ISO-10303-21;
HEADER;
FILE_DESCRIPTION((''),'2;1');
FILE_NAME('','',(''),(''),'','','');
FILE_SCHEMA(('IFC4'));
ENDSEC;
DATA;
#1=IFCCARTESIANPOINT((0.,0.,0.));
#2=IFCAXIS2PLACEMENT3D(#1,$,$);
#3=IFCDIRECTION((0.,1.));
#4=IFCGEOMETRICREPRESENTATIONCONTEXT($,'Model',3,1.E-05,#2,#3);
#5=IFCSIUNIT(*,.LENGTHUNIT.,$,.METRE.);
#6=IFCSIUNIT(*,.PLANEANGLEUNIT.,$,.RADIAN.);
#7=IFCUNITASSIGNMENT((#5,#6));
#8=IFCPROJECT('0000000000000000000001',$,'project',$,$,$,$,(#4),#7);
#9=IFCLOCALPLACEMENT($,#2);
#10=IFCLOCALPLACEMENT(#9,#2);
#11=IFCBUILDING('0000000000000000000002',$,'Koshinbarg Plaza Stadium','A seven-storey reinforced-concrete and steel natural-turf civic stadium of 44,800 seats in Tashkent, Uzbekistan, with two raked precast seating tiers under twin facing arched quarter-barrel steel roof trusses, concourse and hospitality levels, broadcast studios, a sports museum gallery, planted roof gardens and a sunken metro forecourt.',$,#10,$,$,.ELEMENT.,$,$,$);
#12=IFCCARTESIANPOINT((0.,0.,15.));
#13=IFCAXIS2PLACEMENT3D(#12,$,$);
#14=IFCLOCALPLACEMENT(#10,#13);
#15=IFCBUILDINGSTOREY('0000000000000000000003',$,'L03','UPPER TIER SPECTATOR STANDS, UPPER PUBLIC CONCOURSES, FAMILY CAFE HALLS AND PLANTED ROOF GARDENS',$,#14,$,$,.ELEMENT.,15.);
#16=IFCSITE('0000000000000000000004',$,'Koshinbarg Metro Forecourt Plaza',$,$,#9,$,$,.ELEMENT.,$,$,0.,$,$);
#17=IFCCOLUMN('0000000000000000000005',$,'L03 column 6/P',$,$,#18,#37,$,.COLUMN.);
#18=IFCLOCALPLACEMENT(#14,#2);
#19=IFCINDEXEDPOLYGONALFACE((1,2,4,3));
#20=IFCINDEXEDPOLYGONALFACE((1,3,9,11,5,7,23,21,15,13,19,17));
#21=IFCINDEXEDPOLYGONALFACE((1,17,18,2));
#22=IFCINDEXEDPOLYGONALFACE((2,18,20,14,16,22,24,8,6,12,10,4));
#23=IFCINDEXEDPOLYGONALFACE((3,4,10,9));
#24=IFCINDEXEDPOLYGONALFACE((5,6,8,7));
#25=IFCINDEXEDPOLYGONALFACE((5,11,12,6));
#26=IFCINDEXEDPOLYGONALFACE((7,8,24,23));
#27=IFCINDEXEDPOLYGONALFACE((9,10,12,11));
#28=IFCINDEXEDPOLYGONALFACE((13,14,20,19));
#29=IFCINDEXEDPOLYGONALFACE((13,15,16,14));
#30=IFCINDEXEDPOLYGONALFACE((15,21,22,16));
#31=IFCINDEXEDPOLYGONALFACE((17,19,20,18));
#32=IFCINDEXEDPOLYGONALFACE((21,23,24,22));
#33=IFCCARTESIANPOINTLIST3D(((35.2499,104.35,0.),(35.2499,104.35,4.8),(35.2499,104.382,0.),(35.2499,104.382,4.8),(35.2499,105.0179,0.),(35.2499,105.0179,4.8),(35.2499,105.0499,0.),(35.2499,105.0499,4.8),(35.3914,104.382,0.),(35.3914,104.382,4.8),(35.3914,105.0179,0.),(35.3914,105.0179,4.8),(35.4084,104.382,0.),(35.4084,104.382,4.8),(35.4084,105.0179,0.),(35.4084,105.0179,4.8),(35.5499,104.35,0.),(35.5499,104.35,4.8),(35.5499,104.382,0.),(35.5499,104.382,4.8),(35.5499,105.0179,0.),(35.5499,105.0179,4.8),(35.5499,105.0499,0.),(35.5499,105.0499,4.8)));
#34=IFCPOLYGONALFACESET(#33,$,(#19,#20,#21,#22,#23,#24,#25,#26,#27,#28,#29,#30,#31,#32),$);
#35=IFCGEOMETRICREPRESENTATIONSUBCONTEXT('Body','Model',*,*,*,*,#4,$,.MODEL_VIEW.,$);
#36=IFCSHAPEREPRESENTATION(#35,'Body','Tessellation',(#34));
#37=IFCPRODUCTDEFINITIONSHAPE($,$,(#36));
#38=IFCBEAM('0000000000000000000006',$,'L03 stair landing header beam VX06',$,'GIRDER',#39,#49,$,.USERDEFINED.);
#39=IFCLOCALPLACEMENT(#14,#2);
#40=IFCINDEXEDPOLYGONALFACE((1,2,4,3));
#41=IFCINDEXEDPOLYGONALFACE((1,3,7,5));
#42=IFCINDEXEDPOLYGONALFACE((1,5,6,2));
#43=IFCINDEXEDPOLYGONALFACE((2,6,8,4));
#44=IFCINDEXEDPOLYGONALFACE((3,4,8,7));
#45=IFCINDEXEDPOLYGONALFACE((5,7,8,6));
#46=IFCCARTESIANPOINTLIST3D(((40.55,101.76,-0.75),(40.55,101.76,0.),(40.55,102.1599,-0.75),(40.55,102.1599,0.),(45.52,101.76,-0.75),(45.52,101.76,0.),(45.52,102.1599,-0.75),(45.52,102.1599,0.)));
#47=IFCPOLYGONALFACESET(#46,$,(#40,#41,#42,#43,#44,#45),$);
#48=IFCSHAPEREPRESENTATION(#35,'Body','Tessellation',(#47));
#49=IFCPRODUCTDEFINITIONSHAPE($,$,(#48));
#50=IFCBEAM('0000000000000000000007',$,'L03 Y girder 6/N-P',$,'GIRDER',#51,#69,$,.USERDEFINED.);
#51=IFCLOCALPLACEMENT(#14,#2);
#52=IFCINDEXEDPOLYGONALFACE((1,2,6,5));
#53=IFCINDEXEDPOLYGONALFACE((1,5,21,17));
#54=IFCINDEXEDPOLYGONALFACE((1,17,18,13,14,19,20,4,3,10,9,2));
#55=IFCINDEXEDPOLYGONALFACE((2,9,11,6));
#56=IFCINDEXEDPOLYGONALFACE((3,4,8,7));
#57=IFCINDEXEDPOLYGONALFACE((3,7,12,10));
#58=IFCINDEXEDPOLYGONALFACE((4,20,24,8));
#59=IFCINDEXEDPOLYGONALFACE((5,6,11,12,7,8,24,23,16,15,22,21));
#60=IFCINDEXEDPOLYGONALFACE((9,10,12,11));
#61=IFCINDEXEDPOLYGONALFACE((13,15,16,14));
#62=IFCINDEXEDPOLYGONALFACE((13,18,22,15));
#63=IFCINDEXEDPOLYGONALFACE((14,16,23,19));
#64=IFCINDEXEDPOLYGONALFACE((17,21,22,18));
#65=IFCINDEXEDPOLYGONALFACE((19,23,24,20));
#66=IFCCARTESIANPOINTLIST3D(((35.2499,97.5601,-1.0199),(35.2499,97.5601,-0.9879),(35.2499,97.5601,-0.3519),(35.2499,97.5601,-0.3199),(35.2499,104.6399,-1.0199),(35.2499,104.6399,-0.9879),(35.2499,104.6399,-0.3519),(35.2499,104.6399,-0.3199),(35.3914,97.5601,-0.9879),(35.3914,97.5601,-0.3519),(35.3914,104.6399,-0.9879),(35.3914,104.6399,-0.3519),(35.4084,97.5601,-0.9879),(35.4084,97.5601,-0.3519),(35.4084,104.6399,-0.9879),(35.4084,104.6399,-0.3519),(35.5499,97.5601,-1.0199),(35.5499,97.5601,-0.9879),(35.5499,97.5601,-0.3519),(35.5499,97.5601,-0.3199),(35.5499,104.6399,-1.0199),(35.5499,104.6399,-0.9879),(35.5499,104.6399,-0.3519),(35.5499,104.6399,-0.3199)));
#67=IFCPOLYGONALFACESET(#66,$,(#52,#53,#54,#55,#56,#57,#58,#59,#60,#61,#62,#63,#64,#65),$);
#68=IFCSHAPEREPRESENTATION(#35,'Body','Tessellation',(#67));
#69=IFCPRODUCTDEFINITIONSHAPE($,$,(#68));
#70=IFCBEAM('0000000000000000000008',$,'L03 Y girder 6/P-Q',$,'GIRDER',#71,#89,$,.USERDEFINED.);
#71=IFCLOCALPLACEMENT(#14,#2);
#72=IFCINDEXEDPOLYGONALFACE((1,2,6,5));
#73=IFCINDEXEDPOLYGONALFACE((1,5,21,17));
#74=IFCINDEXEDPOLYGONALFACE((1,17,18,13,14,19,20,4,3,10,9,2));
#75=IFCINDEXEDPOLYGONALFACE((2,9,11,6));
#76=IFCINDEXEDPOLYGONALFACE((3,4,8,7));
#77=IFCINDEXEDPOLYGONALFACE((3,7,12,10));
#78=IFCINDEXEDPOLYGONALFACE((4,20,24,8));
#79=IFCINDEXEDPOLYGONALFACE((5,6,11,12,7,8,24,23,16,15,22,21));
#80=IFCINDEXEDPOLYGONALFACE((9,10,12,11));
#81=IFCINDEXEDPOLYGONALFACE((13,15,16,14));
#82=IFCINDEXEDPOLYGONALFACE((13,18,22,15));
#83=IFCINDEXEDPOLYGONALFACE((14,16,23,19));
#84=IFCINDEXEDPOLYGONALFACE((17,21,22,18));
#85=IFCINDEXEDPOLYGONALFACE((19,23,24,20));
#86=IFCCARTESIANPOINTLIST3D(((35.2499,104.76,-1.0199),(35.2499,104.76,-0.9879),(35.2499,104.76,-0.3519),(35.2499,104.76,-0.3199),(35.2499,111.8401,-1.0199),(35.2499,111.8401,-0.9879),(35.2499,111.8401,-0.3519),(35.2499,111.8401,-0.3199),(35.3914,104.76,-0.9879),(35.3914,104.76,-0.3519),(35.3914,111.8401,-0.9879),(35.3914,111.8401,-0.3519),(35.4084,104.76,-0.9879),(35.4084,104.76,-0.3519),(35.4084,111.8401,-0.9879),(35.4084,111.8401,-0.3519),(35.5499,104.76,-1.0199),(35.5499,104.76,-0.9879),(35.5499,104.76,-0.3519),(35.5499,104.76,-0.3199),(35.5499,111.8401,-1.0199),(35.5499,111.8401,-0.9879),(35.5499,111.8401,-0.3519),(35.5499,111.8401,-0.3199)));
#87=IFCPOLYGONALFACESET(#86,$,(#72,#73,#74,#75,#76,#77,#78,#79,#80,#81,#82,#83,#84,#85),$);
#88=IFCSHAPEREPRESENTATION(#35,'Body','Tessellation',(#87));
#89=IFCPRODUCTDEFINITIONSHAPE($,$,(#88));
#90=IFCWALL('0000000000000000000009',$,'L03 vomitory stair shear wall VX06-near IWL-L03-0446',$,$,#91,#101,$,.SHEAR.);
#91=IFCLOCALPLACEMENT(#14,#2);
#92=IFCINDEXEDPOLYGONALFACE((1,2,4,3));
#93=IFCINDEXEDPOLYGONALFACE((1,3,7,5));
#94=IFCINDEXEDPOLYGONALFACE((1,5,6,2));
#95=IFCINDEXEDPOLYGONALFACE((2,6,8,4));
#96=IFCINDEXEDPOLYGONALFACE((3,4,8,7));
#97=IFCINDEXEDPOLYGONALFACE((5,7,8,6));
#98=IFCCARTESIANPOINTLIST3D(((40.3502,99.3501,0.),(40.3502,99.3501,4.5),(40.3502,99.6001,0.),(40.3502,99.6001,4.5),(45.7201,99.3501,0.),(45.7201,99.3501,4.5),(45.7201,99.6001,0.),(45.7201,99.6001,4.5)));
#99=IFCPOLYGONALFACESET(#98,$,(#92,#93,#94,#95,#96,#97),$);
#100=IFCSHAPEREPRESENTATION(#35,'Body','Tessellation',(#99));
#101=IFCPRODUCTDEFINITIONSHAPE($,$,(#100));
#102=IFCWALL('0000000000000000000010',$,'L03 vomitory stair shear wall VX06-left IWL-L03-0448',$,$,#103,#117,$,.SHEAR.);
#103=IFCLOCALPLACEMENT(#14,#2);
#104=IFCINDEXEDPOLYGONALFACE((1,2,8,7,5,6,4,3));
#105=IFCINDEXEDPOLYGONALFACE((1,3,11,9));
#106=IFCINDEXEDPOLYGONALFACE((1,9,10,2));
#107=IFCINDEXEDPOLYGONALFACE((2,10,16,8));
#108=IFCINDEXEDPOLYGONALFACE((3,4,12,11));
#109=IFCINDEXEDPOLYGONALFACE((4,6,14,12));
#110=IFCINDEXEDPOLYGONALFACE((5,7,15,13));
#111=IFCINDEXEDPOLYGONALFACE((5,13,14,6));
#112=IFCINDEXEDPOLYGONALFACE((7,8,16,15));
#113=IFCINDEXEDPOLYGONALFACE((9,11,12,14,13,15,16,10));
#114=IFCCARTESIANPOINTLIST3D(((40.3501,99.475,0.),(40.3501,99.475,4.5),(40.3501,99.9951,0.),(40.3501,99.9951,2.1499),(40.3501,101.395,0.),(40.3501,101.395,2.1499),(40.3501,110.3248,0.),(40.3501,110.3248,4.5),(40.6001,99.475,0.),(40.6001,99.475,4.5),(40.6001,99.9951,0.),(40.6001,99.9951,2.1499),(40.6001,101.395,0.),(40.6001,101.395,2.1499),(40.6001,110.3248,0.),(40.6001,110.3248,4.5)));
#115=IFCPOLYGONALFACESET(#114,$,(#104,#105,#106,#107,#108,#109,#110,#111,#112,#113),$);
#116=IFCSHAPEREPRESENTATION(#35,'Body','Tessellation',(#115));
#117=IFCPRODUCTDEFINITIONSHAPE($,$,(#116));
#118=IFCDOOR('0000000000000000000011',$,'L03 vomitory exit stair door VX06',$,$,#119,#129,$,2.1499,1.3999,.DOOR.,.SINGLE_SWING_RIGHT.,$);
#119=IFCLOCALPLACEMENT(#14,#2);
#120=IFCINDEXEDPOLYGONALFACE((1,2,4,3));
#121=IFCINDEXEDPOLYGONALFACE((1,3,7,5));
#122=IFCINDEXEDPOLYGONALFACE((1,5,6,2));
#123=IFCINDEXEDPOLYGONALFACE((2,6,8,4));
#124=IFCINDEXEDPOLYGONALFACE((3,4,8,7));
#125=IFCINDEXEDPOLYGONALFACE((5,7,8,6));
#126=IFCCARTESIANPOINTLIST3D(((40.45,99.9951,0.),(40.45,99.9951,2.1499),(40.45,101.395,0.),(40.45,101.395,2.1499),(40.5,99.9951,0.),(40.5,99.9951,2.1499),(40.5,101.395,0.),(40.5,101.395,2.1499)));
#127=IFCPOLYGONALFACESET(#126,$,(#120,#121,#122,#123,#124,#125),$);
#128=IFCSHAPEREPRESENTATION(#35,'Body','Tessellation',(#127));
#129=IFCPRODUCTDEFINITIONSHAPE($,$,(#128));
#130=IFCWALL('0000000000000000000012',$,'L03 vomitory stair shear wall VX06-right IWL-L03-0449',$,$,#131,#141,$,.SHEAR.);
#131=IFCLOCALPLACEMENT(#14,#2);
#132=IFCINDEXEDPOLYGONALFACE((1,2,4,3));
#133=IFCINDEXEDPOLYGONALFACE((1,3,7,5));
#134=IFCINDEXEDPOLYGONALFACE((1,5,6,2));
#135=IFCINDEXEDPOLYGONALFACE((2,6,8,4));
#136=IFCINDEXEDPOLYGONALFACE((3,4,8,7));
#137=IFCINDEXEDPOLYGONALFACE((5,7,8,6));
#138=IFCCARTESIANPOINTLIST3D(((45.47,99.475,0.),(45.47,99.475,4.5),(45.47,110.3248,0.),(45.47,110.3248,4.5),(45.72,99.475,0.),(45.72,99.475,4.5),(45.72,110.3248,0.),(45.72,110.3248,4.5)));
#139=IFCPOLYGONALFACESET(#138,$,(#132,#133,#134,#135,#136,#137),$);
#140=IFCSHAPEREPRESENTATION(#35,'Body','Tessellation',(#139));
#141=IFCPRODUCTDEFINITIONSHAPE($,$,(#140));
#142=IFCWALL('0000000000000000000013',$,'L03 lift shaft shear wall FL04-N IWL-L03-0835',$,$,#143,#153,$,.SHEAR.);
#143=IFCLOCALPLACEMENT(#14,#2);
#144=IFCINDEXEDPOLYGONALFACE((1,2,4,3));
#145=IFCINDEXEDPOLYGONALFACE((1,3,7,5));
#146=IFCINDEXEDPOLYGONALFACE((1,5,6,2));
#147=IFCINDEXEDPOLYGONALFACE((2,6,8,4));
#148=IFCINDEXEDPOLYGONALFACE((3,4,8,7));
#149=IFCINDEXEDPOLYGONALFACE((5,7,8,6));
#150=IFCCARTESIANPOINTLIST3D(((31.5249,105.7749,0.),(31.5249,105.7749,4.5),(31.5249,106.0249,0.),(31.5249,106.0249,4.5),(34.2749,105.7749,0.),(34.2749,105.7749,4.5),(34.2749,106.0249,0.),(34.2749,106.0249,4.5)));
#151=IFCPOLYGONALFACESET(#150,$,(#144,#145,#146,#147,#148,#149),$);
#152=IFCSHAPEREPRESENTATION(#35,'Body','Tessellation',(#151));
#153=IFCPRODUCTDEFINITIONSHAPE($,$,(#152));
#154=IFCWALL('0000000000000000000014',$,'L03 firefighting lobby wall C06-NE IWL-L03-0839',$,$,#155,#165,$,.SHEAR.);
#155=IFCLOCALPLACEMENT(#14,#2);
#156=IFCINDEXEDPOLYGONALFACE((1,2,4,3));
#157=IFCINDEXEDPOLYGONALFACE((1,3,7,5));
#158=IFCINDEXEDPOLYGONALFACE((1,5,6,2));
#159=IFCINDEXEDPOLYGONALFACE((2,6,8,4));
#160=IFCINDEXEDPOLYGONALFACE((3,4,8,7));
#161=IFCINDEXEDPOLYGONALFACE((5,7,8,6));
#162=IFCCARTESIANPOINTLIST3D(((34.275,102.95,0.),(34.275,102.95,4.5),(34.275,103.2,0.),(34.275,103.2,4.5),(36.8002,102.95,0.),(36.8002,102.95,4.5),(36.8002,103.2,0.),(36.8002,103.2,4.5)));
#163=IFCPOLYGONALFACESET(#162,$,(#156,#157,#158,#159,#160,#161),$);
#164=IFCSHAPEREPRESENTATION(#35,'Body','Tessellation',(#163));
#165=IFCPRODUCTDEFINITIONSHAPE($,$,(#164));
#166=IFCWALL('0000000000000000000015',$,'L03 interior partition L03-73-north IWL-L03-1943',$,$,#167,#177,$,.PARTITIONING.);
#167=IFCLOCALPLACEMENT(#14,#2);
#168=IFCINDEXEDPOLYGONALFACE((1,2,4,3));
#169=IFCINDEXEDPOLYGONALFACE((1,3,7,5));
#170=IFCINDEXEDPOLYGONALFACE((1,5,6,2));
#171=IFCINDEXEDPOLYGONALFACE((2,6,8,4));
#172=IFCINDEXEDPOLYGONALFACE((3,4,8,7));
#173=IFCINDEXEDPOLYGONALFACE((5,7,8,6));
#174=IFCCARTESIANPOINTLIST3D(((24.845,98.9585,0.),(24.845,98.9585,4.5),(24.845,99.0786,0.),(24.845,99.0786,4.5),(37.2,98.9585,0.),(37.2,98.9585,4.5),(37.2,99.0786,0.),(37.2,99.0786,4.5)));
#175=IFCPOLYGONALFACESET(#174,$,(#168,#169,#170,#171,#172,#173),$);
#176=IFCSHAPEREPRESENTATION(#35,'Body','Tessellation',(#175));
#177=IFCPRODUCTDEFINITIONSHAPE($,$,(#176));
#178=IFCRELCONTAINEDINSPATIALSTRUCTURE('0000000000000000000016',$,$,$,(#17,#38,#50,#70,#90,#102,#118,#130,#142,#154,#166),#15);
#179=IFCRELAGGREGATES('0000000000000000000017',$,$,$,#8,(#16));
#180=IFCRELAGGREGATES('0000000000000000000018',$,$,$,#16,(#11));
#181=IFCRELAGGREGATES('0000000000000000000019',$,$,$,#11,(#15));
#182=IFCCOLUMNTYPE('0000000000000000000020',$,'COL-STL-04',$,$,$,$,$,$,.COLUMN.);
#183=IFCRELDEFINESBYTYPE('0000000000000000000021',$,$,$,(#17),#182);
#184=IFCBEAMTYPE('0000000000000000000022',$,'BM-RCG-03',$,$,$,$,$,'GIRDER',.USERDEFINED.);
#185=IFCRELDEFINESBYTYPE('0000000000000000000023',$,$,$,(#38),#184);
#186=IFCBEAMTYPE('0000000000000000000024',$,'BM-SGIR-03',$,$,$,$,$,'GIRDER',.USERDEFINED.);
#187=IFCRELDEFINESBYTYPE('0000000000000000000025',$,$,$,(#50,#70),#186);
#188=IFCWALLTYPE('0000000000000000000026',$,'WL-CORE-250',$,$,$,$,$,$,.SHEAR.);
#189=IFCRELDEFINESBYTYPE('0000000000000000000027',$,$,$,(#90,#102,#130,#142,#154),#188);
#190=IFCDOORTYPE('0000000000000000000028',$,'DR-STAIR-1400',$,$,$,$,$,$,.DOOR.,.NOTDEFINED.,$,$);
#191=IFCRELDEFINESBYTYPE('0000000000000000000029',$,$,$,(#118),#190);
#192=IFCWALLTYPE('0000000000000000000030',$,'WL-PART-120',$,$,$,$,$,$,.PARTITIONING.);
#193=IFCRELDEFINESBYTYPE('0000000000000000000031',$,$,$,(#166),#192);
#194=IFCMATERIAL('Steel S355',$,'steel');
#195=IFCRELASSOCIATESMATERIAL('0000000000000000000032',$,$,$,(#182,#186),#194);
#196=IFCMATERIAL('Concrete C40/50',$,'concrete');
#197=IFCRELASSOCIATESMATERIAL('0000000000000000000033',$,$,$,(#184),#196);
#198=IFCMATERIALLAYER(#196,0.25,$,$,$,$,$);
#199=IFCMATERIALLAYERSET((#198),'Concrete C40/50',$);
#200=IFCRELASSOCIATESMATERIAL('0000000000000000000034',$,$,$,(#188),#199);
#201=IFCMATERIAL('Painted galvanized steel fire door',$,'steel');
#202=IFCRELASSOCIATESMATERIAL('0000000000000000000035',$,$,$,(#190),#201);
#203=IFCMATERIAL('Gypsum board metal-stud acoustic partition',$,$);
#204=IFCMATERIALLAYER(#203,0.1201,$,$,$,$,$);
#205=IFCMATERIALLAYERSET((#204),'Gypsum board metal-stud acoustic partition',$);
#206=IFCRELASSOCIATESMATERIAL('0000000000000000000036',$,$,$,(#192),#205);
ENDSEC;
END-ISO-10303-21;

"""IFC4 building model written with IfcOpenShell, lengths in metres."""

from ifc_helpers import new_model, si_unit, direction, frame, frame_2d, origin, origin_2d, place, context, subcontext, project, spatial, rectangle, i_section, extrude, material, layer, layer_set, material_profile, profile_set, type_object, element, fill, save


model = new_model("IFC4")

# Units and contexts
model_context = context("Model", 3, precision=1e-05, world=origin(), true_north=direction((0.0, 1.0)))
body_context = subcontext(model_context, "Body", "Model", "MODEL_VIEW")
ifc_project = project(units=[si_unit("LENGTHUNIT", "METRE"), si_unit("PLANEANGLEUNIT", "RADIAN")], contexts=[model_context])

# Site, building, storey
site_placement = place(None, origin())
site = spatial("IfcSite", under=ifc_project, at=site_placement, Name="Koshinbarg Metro Forecourt Plaza", CompositionType="ELEMENT", RefElevation=0.0)
building_placement = place(site_placement, origin())
building = spatial("IfcBuilding", under=site, at=building_placement, Name="Koshinbarg Plaza Stadium", Description="A seven-storey reinforced-concrete and steel natural-turf civic stadium of 44,800 seats in Tashkent, Uzbekistan, with two raked precast seating tiers under twin facing arched quarter-barrel steel roof trusses, concourse and hospitality levels, broadcast studios, a sports museum gallery, planted roof gardens and a sunken metro forecourt.", CompositionType="ELEMENT")
storey_placement = place(building_placement, frame((0.0, 0.0, 15.0)))
storey = spatial("IfcBuildingStorey", under=building, at=storey_placement, Name="L03", Description="UPPER TIER SPECTATOR STANDS, UPPER PUBLIC CONCOURSES, FAMILY CAFE HALLS AND PLANTED ROOF GARDENS", CompositionType="ELEMENT", Elevation=15.0)

# Column
ifc_material_1 = material(Name="Steel S355", Category="steel")
ifc_material_profile_1 = material_profile(ifc_material_1, i_section(OverallWidth=0.3, OverallDepth=0.7, WebThickness=0.0171, FlangeThickness=0.032, at=origin_2d()), Name="HEB 700")
ifc_profile_set_1 = profile_set([ifc_material_profile_1], Name="Steel S355")
column_type = type_object("IfcColumnType", Name="COL-STL-04", PredefinedType="COLUMN", material=ifc_profile_set_1)
column_placement = place(storey_placement, frame((35.3999, 104.7, 0.0), z_axis=(0.0, 0.0, 1.0), x_axis=(1.0, 0.0, 0.0)))
element("IfcColumn", 1, at=column_placement, inside=storey, type_object=column_type, Name="L03 column 6/P", PredefinedType="COLUMN", context=body_context, shape_type="SweptSolid", body=[
    extrude(i_section(OverallWidth=0.3, OverallDepth=0.7, WebThickness=0.0171, FlangeThickness=0.032, at=origin_2d()), origin(), (0.0, 0.0, 1.0), 4.8),
])

# Beams
ifc_material_2 = material(Name="Concrete C40/50", Category="concrete")
ifc_material_profile_2 = material_profile(ifc_material_2, rectangle(XDim=0.3999, YDim=0.75, at=origin_2d()), Name="RC 400x750")
ifc_profile_set_2 = profile_set([ifc_material_profile_2], Name="Concrete C40/50")
beam_type_1 = type_object("IfcBeamType", Name="BM-RCG-03", ElementType="GIRDER", PredefinedType="USERDEFINED", material=ifc_profile_set_2)
beam_1_placement = place(storey_placement, frame((40.55, 101.96, -0.375), z_axis=(1.0, 0.0, 0.0), x_axis=(0.0, 1.0, 0.0)))
element("IfcBeam", 2, at=beam_1_placement, inside=storey, type_object=beam_type_1, Name="L03 stair landing header beam VX06", ObjectType="GIRDER", PredefinedType="USERDEFINED", context=body_context, shape_type="SweptSolid", body=[
    extrude(rectangle(XDim=0.3999, YDim=0.75, at=origin_2d()), origin(), (0.0, 0.0, 1.0), 4.97),
])
ifc_material_profile_3 = material_profile(ifc_material_1, i_section(OverallWidth=0.3, OverallDepth=0.7, WebThickness=0.0171, FlangeThickness=0.032, at=origin_2d()), Name="HEB 700")
ifc_profile_set_3 = profile_set([ifc_material_profile_3], Name="Steel S355")
beam_type_2 = type_object("IfcBeamType", Name="BM-SGIR-03", ElementType="GIRDER", PredefinedType="USERDEFINED", material=ifc_profile_set_3)
beam_2_placement = place(storey_placement, frame((35.3999, 97.5601, -0.6699), z_axis=(0.0, 1.0, 0.0), x_axis=(-1.0, 0.0, 0.0)))
element("IfcBeam", 3, at=beam_2_placement, inside=storey, type_object=beam_type_2, Name="L03 Y girder 6/N-P", ObjectType="GIRDER", PredefinedType="USERDEFINED", context=body_context, shape_type="SweptSolid", body=[
    extrude(i_section(OverallWidth=0.3, OverallDepth=0.7, WebThickness=0.0171, FlangeThickness=0.032, at=origin_2d()), origin(), (0.0, 0.0, 1.0), 7.0798),
])
beam_3_placement = place(storey_placement, frame((35.3999, 104.76, -0.6699), z_axis=(0.0, 1.0, 0.0), x_axis=(-1.0, 0.0, 0.0)))
element("IfcBeam", 4, at=beam_3_placement, inside=storey, type_object=beam_type_2, Name="L03 Y girder 6/P-Q", ObjectType="GIRDER", PredefinedType="USERDEFINED", context=body_context, shape_type="SweptSolid", body=[
    extrude(i_section(OverallWidth=0.3, OverallDepth=0.7, WebThickness=0.0171, FlangeThickness=0.032, at=origin_2d()), origin(), (0.0, 0.0, 1.0), 7.0801),
])

# Wall
ifc_layer_1 = layer(ifc_material_2, 0.25)
ifc_layer_set_1 = layer_set([ifc_layer_1], Name="Concrete C40/50")
wall_type_1 = type_object("IfcWallType", Name="WL-CORE-250", PredefinedType="SHEAR", material=ifc_layer_set_1)
wall_1_placement = place(storey_placement, frame((40.3501, 99.4751, 0.0), z_axis=(0.0, 0.0, 1.0), x_axis=(1.0, 0.0, 0.0)))
element("IfcWall", 5, at=wall_1_placement, inside=storey, type_object=wall_type_1, Name="L03 vomitory stair shear wall VX06-near IWL-L03-0446", PredefinedType="SHEAR", context=body_context, shape_type="SweptSolid", body=[
    extrude(rectangle(XDim=5.3699, YDim=0.25, at=frame_2d((2.6851, 0.0))), origin(), (0.0, 0.0, 1.0), 4.5),
])

# Wall, opening, door
wall_2_placement = place(storey_placement, frame((40.4751, 99.4751, 0.0), z_axis=(0.0, 0.0, 1.0), x_axis=(0.0, 1.0, 0.0)))
wall_2 = element("IfcWall", 6, at=wall_2_placement, inside=storey, type_object=wall_type_1, Name="L03 vomitory stair shear wall VX06-left IWL-L03-0448", PredefinedType="SHEAR", context=body_context, shape_type="SweptSolid", body=[
    extrude(rectangle(XDim=10.8499, YDim=0.25, at=frame_2d((5.4248, 0.0))), origin(), (0.0, 0.0, 1.0), 4.5),
])
opening_1_placement = place(wall_2_placement, frame((0.52, 0.0, 0.0)))
opening_1 = element("IfcOpeningElement", 7, at=opening_1_placement, cuts=wall_2, PredefinedType="OPENING", context=body_context, shape_type="SweptSolid", body=[
    extrude(rectangle(XDim=1.3999, YDim=2.1499, at=frame_2d((0.7, 1.075))), frame((0.0, 0.135, 0.0), z_axis=(0.0, -1.0, 0.0), x_axis=(1.0, 0.0, 0.0)), (0.0, 0.0, 1.0), 0.27),
])
ifc_material_3 = material(Name="Painted galvanized steel fire door", Category="steel")
door_type_1 = type_object("IfcDoorType", Name="DR-STAIR-1400", OperationType="NOTDEFINED", PredefinedType="DOOR", material=ifc_material_3)
door_1_placement = place(opening_1_placement, frame((1.3999, 0.0, 0.0), z_axis=(0.0, 0.0, 1.0), x_axis=(-1.0, 0.0, 0.0)))
door_1 = element("IfcDoor", 8, at=door_1_placement, inside=storey, type_object=door_type_1, Name="L03 vomitory exit stair door VX06", OperationType="SINGLE_SWING_RIGHT", OverallHeight=2.1499, OverallWidth=1.3999, PredefinedType="DOOR", context=body_context, shape_type="SweptSolid", body=[
    extrude(rectangle(XDim=1.3999, YDim=2.1499, at=frame_2d((0.7, 1.075))), frame((0.0, 0.0249, 0.0), z_axis=(0.0, -1.0, 0.0), x_axis=(1.0, 0.0, 0.0)), (0.0, 0.0, 1.0), 0.05),
])
fill(opening_1, door_1)

# Walls
wall_3_placement = place(storey_placement, frame((45.595, 99.4751, 0.0), z_axis=(0.0, 0.0, 1.0), x_axis=(0.0, 1.0, 0.0)))
element("IfcWall", 9, at=wall_3_placement, inside=storey, type_object=wall_type_1, Name="L03 vomitory stair shear wall VX06-right IWL-L03-0449", PredefinedType="SHEAR", context=body_context, shape_type="SweptSolid", body=[
    extrude(rectangle(XDim=10.8499, YDim=0.25, at=frame_2d((5.4248, 0.0))), origin(), (0.0, 0.0, 1.0), 4.5),
])
wall_4_placement = place(storey_placement, frame((34.2749, 105.8999, 0.0), z_axis=(0.0, 0.0, 1.0), x_axis=(-1.0, 0.0, 0.0)))
element("IfcWall", 10, at=wall_4_placement, inside=storey, type_object=wall_type_1, Name="L03 lift shaft shear wall FL04-N IWL-L03-0835", PredefinedType="SHEAR", context=body_context, shape_type="SweptSolid", body=[
    extrude(rectangle(XDim=2.75, YDim=0.25, at=frame_2d((1.375, 0.0))), origin(), (0.0, 0.0, 1.0), 4.5),
])

# Walls
wall_5_placement = place(storey_placement, frame((34.2749, 103.075, 0.0), z_axis=(0.0, 0.0, 1.0), x_axis=(1.0, 0.0, 0.0)))
element("IfcWall", 11, at=wall_5_placement, inside=storey, type_object=wall_type_1, Name="L03 firefighting lobby wall C06-NE IWL-L03-0839", PredefinedType="SHEAR", context=body_context, shape_type="SweptSolid", body=[
    extrude(rectangle(XDim=2.5251, YDim=0.25, at=frame_2d((1.2627, 0.0))), origin(), (0.0, 0.0, 1.0), 4.5),
])
ifc_material_4 = material(Name="Gypsum board metal-stud acoustic partition")
ifc_layer_2 = layer(ifc_material_4, 0.1201)
ifc_layer_set_2 = layer_set([ifc_layer_2], Name="Gypsum board metal-stud acoustic partition")
wall_type_2 = type_object("IfcWallType", Name="WL-PART-120", PredefinedType="PARTITIONING", material=ifc_layer_set_2)
wall_6_placement = place(storey_placement, frame((37.2, 99.0186, 0.0), z_axis=(0.0, 0.0, 1.0), x_axis=(-1.0, 0.0, 0.0)))
element("IfcWall", 12, at=wall_6_placement, inside=storey, type_object=wall_type_2, Name="L03 interior partition L03-73-north IWL-L03-1943", PredefinedType="PARTITIONING", context=body_context, shape_type="SweptSolid", body=[
    extrude(rectangle(XDim=12.355, YDim=0.1201, at=frame_2d((6.1775, 0.0))), origin(), (0.0, 0.0, 1.0), 4.5),
])

save(model, "model.ifc")
